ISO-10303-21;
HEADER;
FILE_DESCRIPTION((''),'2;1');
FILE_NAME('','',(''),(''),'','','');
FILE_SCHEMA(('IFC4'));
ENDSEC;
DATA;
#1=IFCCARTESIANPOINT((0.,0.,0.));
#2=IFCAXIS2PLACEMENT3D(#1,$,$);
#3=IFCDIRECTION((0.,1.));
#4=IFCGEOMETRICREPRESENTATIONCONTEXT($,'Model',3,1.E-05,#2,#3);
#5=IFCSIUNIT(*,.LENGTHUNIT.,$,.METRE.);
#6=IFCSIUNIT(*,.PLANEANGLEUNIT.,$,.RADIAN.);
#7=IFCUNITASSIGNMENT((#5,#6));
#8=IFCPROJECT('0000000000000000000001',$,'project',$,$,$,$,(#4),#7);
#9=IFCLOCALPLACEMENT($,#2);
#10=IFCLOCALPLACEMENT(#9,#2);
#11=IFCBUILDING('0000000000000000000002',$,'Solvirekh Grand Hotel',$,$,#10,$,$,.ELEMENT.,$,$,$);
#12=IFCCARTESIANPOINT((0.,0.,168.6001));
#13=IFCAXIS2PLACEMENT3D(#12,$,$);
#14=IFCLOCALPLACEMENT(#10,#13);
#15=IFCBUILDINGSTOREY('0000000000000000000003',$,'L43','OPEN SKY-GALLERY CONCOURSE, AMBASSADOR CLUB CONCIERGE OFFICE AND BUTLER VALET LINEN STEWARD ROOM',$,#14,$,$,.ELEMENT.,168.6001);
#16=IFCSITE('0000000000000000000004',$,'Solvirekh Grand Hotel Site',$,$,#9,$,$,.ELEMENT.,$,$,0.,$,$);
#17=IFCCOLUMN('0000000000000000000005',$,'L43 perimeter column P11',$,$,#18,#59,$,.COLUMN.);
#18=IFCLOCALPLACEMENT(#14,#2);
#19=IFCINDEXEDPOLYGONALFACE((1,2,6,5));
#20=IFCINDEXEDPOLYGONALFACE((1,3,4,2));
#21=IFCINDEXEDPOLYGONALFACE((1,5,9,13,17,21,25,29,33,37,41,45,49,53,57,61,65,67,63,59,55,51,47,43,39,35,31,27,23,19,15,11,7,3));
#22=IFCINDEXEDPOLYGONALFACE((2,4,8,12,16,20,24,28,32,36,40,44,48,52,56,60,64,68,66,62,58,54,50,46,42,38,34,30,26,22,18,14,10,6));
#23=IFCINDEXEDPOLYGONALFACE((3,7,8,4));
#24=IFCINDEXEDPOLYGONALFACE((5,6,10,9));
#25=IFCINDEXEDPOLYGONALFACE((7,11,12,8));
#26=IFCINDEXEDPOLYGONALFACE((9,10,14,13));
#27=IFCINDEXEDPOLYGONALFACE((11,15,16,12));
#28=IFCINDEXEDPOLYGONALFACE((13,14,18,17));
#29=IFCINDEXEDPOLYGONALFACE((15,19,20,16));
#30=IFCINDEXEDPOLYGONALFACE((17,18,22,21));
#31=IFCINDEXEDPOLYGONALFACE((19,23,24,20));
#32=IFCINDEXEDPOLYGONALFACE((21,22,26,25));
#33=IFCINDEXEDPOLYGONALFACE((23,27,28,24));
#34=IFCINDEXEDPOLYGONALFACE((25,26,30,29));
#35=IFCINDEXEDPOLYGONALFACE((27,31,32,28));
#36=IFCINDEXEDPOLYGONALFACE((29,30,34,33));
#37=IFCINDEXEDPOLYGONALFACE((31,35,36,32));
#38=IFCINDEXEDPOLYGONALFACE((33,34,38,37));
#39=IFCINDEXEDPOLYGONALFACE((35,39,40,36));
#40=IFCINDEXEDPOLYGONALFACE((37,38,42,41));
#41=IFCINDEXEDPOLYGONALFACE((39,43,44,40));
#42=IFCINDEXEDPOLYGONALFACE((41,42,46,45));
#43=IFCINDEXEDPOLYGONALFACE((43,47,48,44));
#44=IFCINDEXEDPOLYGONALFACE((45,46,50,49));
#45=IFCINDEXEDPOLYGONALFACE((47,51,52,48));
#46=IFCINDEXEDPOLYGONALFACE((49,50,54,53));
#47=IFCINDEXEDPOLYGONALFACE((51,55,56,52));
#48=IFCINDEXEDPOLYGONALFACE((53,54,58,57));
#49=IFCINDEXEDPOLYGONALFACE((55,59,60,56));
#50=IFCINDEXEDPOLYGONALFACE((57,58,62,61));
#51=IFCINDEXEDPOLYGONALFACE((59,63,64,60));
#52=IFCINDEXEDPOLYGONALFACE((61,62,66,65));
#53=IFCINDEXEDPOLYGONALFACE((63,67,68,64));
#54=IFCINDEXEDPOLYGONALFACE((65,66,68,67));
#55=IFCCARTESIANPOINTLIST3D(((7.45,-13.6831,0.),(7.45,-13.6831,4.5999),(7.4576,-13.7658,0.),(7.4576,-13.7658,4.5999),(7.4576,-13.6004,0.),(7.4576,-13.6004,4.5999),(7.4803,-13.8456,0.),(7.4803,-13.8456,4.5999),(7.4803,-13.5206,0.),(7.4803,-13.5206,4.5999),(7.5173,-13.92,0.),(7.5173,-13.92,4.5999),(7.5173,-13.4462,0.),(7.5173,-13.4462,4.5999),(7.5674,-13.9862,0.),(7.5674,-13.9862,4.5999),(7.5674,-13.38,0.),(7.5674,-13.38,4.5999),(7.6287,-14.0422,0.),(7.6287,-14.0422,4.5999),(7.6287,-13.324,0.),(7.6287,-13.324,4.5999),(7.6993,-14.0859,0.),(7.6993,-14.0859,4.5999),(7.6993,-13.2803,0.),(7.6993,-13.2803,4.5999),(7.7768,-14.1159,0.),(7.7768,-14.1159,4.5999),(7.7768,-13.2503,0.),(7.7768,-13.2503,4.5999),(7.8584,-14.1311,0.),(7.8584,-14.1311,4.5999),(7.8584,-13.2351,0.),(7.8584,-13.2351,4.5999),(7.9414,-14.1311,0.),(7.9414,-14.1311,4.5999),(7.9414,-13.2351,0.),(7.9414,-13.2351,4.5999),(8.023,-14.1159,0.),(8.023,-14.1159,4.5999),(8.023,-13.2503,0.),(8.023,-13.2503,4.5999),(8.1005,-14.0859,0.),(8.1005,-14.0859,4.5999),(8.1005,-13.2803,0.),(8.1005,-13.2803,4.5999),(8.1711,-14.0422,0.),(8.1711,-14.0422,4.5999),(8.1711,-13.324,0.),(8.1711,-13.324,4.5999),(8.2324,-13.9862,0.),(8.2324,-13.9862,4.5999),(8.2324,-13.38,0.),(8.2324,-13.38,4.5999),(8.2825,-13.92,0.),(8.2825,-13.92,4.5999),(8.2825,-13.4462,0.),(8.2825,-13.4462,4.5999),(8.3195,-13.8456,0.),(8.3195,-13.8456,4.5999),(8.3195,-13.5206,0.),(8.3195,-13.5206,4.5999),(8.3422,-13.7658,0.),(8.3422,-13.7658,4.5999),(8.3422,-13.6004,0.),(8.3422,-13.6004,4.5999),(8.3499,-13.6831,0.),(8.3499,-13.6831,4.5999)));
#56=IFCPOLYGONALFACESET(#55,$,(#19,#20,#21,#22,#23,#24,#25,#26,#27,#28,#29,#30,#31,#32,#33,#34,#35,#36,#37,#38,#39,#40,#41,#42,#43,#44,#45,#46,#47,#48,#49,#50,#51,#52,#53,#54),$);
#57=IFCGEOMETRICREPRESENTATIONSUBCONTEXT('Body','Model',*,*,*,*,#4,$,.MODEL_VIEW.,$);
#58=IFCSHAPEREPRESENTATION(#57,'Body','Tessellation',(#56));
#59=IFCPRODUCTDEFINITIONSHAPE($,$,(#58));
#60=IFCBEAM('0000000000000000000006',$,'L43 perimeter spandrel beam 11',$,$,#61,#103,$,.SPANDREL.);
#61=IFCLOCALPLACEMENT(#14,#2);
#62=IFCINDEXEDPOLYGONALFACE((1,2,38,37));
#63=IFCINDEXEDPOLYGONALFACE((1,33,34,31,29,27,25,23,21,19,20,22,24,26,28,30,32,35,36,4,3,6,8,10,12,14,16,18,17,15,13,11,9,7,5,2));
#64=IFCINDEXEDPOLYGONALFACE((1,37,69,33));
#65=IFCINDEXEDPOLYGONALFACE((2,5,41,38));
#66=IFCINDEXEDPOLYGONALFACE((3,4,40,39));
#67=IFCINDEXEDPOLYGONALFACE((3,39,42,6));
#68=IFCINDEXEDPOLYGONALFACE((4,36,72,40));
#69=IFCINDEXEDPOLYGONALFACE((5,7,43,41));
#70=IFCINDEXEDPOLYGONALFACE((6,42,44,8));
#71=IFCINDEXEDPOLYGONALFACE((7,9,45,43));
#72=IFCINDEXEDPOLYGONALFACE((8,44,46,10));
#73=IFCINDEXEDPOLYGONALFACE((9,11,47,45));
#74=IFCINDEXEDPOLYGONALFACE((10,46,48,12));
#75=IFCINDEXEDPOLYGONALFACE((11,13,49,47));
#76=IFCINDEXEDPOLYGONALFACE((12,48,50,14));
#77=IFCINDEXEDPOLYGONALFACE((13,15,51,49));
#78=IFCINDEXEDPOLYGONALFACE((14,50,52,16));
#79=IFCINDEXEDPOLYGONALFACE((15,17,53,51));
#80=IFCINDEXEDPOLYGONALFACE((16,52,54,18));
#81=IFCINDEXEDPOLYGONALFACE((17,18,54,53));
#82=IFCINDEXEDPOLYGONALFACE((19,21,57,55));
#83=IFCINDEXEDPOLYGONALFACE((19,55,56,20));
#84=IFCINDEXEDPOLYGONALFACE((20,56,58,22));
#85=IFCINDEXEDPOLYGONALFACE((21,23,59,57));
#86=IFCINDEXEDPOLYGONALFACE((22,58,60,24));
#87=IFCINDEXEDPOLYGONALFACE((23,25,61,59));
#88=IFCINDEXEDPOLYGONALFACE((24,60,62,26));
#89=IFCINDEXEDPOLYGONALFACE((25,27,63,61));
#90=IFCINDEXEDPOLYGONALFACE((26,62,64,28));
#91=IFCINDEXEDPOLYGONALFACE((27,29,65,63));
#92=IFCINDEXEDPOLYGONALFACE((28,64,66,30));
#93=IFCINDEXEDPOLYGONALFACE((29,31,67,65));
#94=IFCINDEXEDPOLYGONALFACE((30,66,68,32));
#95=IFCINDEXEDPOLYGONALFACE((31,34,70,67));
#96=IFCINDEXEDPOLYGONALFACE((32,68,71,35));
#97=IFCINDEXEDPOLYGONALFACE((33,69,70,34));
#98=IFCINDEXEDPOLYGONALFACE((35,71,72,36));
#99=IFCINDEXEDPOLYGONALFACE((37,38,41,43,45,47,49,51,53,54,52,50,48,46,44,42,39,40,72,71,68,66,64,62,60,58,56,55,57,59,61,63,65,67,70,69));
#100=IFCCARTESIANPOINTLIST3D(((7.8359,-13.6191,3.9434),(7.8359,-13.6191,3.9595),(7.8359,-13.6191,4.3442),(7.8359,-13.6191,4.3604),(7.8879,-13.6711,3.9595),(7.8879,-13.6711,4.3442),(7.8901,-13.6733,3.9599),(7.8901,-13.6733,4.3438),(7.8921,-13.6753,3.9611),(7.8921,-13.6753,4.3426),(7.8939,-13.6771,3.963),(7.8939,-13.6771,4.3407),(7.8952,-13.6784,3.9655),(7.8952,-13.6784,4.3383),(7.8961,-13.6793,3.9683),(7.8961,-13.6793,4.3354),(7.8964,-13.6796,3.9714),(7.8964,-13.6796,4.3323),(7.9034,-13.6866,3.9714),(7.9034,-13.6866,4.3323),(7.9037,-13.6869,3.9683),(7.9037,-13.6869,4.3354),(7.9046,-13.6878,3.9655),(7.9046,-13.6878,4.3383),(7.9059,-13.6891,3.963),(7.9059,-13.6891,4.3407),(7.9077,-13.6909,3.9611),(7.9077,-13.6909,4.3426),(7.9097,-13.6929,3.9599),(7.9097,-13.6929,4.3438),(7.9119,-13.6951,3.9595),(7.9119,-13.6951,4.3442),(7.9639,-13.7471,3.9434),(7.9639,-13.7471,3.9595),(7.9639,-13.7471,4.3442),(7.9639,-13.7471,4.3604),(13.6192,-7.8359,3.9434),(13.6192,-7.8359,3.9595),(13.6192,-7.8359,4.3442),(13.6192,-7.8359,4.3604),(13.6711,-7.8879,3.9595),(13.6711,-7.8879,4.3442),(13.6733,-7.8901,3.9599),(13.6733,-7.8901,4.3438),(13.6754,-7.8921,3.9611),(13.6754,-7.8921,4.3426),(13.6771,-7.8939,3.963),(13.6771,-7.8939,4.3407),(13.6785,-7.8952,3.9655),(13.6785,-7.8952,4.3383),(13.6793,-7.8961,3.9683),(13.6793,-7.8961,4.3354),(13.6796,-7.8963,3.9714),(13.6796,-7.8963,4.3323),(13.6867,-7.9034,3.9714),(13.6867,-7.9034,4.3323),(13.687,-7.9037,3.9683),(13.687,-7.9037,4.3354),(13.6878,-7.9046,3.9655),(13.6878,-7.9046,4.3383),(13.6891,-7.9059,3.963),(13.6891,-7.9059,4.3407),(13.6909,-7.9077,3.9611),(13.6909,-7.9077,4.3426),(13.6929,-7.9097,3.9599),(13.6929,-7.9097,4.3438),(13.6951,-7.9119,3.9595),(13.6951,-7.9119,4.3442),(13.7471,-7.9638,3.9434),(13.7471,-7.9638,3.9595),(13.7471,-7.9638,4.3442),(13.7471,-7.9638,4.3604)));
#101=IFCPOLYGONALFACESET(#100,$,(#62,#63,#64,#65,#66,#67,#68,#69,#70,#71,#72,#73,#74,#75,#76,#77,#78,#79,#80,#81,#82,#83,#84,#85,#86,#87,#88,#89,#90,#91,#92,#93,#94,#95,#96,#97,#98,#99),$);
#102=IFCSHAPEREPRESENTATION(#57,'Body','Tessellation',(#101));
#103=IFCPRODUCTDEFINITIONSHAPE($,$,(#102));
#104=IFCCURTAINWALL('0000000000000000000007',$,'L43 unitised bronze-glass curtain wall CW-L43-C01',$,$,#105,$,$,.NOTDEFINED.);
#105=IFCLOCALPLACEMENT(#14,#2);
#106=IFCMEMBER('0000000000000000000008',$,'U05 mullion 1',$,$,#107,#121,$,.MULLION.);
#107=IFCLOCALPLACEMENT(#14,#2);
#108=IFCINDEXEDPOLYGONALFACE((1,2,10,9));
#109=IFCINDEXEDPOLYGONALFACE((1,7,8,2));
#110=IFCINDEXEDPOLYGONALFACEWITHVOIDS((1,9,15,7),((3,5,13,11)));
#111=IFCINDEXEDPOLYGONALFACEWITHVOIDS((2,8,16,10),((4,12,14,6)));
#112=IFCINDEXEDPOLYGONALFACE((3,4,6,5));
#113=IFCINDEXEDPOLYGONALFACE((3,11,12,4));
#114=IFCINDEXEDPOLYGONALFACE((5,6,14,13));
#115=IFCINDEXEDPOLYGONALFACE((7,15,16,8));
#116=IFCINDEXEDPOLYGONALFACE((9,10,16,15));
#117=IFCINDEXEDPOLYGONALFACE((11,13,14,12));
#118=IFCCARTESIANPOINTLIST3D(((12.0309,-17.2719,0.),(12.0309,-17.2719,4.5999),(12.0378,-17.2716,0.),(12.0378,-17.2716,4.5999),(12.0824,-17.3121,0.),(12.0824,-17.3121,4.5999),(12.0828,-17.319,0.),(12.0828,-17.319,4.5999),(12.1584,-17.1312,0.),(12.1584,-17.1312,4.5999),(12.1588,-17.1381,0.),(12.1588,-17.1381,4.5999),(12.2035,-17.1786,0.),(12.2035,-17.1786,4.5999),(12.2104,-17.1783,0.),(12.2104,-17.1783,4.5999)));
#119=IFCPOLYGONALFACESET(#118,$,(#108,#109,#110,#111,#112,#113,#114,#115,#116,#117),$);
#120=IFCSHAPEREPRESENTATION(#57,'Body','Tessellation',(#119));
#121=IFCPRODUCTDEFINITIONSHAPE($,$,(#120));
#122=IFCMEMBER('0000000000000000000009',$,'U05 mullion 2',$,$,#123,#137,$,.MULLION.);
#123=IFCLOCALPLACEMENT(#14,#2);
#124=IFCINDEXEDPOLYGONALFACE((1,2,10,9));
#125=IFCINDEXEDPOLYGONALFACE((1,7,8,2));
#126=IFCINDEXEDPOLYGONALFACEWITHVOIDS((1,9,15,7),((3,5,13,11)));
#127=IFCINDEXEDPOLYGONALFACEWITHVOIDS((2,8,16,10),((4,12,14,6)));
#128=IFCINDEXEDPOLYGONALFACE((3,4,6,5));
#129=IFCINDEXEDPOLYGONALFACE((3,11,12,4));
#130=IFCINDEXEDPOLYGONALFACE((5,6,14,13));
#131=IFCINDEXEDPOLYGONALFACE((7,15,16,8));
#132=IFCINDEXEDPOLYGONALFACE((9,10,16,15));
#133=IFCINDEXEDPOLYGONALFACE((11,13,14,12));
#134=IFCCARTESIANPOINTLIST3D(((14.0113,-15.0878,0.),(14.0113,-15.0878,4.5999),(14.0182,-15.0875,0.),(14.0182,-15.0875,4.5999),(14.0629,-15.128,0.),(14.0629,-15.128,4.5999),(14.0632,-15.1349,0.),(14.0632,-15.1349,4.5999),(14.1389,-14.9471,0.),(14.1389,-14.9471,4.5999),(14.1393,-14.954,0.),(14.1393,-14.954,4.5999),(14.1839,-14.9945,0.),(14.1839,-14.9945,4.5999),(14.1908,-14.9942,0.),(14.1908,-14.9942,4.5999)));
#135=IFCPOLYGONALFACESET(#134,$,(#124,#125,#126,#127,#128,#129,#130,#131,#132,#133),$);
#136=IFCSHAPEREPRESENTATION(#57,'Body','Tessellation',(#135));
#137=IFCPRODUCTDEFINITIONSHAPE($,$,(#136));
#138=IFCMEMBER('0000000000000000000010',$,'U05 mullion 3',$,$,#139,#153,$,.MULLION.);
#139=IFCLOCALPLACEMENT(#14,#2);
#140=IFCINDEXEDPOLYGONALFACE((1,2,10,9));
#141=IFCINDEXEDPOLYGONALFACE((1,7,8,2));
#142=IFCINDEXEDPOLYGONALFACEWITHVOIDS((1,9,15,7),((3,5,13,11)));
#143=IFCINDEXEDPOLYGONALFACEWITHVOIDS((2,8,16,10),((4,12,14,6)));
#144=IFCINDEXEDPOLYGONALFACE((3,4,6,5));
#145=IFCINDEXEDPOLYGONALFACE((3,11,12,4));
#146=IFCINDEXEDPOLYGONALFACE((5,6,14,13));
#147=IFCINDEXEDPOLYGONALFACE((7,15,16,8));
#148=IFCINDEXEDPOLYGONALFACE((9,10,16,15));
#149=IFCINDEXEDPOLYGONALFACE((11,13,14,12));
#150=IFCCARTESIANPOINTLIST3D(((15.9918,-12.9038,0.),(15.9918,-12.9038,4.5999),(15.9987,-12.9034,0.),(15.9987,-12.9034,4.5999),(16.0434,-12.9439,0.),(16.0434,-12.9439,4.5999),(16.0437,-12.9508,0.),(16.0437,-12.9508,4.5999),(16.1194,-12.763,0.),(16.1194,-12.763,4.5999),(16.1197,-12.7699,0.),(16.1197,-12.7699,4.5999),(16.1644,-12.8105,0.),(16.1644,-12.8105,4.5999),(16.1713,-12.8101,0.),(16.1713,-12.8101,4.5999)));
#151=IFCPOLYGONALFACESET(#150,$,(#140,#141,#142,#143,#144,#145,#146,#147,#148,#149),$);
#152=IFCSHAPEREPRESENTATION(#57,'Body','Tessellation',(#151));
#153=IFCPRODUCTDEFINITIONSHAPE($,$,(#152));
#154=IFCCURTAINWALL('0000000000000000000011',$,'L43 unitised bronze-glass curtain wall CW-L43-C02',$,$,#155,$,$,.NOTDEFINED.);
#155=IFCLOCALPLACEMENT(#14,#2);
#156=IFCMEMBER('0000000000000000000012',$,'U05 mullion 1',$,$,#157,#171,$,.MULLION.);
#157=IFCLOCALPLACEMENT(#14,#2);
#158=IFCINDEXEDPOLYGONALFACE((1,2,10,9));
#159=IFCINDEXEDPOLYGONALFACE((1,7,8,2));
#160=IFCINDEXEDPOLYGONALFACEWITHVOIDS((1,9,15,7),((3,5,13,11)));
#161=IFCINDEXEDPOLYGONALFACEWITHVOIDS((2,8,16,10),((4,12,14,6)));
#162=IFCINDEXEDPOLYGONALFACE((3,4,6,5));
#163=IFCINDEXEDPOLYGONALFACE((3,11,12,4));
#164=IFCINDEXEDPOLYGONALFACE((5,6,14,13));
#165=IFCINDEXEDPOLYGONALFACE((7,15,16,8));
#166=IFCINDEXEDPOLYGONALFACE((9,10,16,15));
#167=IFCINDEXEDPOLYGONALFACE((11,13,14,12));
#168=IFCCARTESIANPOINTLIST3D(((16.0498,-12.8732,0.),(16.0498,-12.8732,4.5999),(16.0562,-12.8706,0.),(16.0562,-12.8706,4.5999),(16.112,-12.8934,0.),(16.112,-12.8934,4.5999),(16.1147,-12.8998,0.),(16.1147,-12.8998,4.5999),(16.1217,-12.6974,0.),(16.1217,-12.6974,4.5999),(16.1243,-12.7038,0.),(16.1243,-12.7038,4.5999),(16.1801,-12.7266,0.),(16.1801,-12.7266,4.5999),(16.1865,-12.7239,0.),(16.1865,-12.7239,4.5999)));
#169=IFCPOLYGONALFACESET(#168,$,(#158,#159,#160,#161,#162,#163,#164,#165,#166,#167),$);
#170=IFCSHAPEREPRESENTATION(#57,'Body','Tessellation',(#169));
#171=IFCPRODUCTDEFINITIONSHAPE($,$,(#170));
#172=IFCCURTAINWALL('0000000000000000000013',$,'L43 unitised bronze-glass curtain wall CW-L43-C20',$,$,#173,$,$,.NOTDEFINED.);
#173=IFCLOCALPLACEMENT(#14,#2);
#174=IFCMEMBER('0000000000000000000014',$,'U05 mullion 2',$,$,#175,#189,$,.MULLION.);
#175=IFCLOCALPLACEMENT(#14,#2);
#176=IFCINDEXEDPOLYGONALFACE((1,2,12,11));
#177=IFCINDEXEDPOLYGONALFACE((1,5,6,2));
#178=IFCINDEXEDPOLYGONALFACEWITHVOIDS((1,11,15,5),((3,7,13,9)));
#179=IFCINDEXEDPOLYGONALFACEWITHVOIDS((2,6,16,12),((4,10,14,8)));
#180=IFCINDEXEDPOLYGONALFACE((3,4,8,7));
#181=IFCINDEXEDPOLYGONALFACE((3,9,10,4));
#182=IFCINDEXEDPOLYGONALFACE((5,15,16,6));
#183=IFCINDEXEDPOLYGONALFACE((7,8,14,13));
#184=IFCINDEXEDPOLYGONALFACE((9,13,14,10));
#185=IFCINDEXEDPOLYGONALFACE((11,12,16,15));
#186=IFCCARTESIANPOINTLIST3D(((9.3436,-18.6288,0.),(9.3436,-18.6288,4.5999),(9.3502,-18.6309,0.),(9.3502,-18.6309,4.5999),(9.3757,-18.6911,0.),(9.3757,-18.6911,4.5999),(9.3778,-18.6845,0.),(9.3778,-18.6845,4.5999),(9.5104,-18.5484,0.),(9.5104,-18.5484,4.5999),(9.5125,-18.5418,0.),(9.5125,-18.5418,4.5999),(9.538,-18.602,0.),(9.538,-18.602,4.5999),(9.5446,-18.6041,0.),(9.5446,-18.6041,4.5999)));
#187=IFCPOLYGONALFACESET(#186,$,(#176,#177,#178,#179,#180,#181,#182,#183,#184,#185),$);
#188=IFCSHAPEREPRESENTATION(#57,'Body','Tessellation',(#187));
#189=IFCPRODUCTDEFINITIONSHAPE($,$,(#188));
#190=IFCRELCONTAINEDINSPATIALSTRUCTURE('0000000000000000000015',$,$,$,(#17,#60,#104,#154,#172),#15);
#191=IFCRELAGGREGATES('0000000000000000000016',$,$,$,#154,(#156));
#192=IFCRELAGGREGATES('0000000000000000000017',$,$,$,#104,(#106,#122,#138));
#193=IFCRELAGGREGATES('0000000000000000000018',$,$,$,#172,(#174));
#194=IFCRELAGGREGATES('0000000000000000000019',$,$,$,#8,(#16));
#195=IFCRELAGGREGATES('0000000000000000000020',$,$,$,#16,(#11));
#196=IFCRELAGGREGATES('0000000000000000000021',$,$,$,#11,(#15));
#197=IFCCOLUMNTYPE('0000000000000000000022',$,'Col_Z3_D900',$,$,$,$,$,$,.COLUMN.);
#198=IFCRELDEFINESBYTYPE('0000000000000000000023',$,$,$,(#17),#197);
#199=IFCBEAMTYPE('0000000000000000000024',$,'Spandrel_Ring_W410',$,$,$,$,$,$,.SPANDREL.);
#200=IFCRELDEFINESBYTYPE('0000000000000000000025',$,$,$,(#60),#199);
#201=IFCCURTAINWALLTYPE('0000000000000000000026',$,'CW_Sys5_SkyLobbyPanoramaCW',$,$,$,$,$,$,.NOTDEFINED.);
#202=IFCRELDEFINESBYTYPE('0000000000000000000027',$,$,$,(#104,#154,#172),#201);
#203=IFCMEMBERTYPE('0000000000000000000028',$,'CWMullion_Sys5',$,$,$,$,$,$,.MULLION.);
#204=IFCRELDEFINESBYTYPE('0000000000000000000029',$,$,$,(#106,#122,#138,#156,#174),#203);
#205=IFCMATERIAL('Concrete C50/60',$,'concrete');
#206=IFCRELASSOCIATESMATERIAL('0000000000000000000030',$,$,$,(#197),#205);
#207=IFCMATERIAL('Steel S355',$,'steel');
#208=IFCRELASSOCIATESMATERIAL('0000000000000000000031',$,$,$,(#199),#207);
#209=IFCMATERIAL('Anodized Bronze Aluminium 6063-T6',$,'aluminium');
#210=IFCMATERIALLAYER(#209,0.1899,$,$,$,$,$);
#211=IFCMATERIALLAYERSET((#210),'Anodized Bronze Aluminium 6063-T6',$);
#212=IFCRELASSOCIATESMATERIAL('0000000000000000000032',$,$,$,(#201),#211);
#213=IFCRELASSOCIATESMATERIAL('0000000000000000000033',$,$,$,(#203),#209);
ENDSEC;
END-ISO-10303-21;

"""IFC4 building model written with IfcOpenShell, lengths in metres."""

from ifc_helpers import new_model, si_unit, direction, frame, origin, origin_2d, place, context, subcontext, project, spatial, hollow_rectangle, circle, i_section, extrude, source, transform, mapped, material, layer, layer_set, material_profile, profile_set, type_object, element, aggregate, save


model = new_model("IFC4")

# Units and contexts
model_context = context("Model", 3, precision=1e-05, world=origin(), true_north=direction((0.0, 1.0)))
body_context = subcontext(model_context, "Body", "Model", "MODEL_VIEW")
ifc_project = project(units=[si_unit("LENGTHUNIT", "METRE"), si_unit("PLANEANGLEUNIT", "RADIAN")], contexts=[model_context])

# Site, building, storey
site_placement = place(None, origin())
site = spatial("IfcSite", under=ifc_project, at=site_placement, Name="Solvirekh Grand Hotel Site", CompositionType="ELEMENT", RefElevation=0.0)
building_placement = place(site_placement, origin())
building = spatial("IfcBuilding", under=site, at=building_placement, Name="Solvirekh Grand Hotel", CompositionType="ELEMENT")
storey_placement = place(building_placement, frame((0.0, 0.0, 168.6001)))
storey = spatial("IfcBuildingStorey", under=building, at=storey_placement, Name="L43", Description="OPEN SKY-GALLERY CONCOURSE, AMBASSADOR CLUB CONCIERGE OFFICE AND BUTLER VALET LINEN STEWARD ROOM", CompositionType="ELEMENT", Elevation=168.6001)

# Column
ifc_material_1 = material(Name="Concrete C50/60", Category="concrete")
ifc_material_profile_1 = material_profile(ifc_material_1, circle(Radius=0.45, at=origin_2d()), Name="RC CIRC D900")
ifc_profile_set_1 = profile_set([ifc_material_profile_1], Name="Concrete C50/60")
column_type = type_object("IfcColumnType", Name="Col_Z3_D900", PredefinedType="COLUMN", material=ifc_profile_set_1)
column_placement = place(storey_placement, frame((7.8999, -13.6831, 0.0), z_axis=(0.0, 0.0, 1.0), x_axis=(1.0, 0.0, 0.0)))
element("IfcColumn", 1, at=column_placement, inside=storey, type_object=column_type, Name="L43 perimeter column P11", PredefinedType="COLUMN", context=body_context, shape_type="SweptSolid", body=[
    extrude(circle(Radius=0.45, at=origin_2d()), origin(), (0.0, 0.0, 1.0), 4.5999),
])

# Beam
ifc_material_2 = material(Name="Steel S355", Category="steel")
ifc_material_profile_2 = material_profile(ifc_material_2, i_section(OverallWidth=0.1809, OverallDepth=0.417, WebThickness=0.01, FlangeThickness=0.0161, FilletRadius=0.012, at=origin_2d()), Name="W410X85")
ifc_profile_set_2 = profile_set([ifc_material_profile_2], Name="Steel S355")
beam_type = type_object("IfcBeamType", Name="Spandrel_Ring_W410", PredefinedType="SPANDREL", material=ifc_profile_set_2)
beam_placement = place(storey_placement, frame((7.8999, -13.6831, 4.1519), z_axis=(0.707107, 0.707107, 0.0), x_axis=(-0.707107, 0.707107, 0.0)))
element("IfcBeam", 2, at=beam_placement, inside=storey, type_object=beam_type, Name="L43 perimeter spandrel beam 11", PredefinedType="SPANDREL", context=body_context, shape_type="SweptSolid", body=[
    extrude(i_section(OverallWidth=0.1809, OverallDepth=0.417, WebThickness=0.01, FlangeThickness=0.0161, FilletRadius=0.012, at=origin_2d()), origin(), (0.0, 0.0, 1.0), 8.1787),
])

# Curtain wall, members
ifc_material_3 = material(Name="Anodized Bronze Aluminium 6063-T6", Category="aluminium")
ifc_layer_1 = layer(ifc_material_3, 0.1899)
ifc_layer_set_1 = layer_set([ifc_layer_1], Name="Anodized Bronze Aluminium 6063-T6")
curtain_wall_type = type_object("IfcCurtainWallType", Name="CW_Sys5_SkyLobbyPanoramaCW", PredefinedType="NOTDEFINED", material=ifc_layer_set_1)
curtain_wall_1_placement = place(storey_placement, origin())
curtain_wall_1 = element("IfcCurtainWall", 3, at=curtain_wall_1_placement, inside=storey, type_object=curtain_wall_type, Name="L43 unitised bronze-glass curtain wall CW-L43-C01", PredefinedType="NOTDEFINED")
ifc_material_profile_3 = material_profile(ifc_material_3, hollow_rectangle(XDim=0.0701, YDim=0.1899, WallThickness=0.0049, at=origin_2d()), Name="ALU RHS 190X70X5")
ifc_profile_set_3 = profile_set([ifc_material_profile_3], Name="Anodized Bronze Aluminium 6063-T6")
member_type_1 = type_object("IfcMemberType", Name="CWMullion_Sys5", PredefinedType="MULLION", material=ifc_profile_set_3)
shared_shape_1 = source(origin(), body_context, "Body", "SweptSolid", [
    extrude(hollow_rectangle(XDim=0.0701, YDim=0.1899, WallThickness=0.0049, at=origin_2d()), origin(), (0.0, 0.0, 1.0), 4.5999),
])
member_1_placement = place(storey_placement, frame((12.1206, -17.2251, 0.0), z_axis=(0.0, 0.0, 1.0), x_axis=(-0.740789, 0.671738, 0.0)))
member_1 = element("IfcMember", 4, at=member_1_placement, type_object=member_type_1, Name="U05 mullion 1", PredefinedType="MULLION", context=body_context, shape_type="MappedRepresentation", body=[
    mapped(shared_shape_1, transform((0.0, 0.0, 0.0), x_axis=(1.0, 0.0, 0.0), y_axis=(0.0, 1.0, 0.0), z_axis=(0.0, 0.0, 1.0), scale=1.0)),
])
member_2_placement = place(storey_placement, frame((14.1011, -15.041, 0.0), z_axis=(0.0, 0.0, 1.0), x_axis=(-0.740789, 0.671738, 0.0)))
member_2 = element("IfcMember", 5, at=member_2_placement, type_object=member_type_1, Name="U05 mullion 2", PredefinedType="MULLION", context=body_context, shape_type="MappedRepresentation", body=[
    mapped(shared_shape_1, transform((0.0, 0.0, 0.0), x_axis=(1.0, 0.0, 0.0), y_axis=(0.0, 1.0, 0.0), z_axis=(0.0, 0.0, 1.0), scale=1.0)),
])
member_3_placement = place(storey_placement, frame((16.0815, -12.8569, 0.0), z_axis=(0.0, 0.0, 1.0), x_axis=(-0.740789, 0.671738, 0.0)))
member_3 = element("IfcMember", 6, at=member_3_placement, type_object=member_type_1, Name="U05 mullion 3", PredefinedType="MULLION", context=body_context, shape_type="MappedRepresentation", body=[
    mapped(shared_shape_1, transform((0.0, 0.0, 0.0), x_axis=(1.0, 0.0, 0.0), y_axis=(0.0, 1.0, 0.0), z_axis=(0.0, 0.0, 1.0), scale=1.0)),
])

# Curtain wall, member
curtain_wall_2_placement = place(storey_placement, origin())
curtain_wall_2 = element("IfcCurtainWall", 7, at=curtain_wall_2_placement, inside=storey, type_object=curtain_wall_type, Name="L43 unitised bronze-glass curtain wall CW-L43-C02", PredefinedType="NOTDEFINED")
member_4_placement = place(storey_placement, frame((16.1182, -12.7986, 0.0), z_axis=(0.0, 0.0, 1.0), x_axis=(-0.925718, 0.378214, 0.0)))
member_4 = element("IfcMember", 8, at=member_4_placement, type_object=member_type_1, Name="U05 mullion 1", PredefinedType="MULLION", context=body_context, shape_type="MappedRepresentation", body=[
    mapped(shared_shape_1, transform((0.0, 0.0, 0.0), x_axis=(1.0, 0.0, 0.0), y_axis=(0.0, 1.0, 0.0), z_axis=(0.0, 0.0, 1.0), scale=1.0)),
])
aggregate(curtain_wall_2, [member_4])

# Curtain wall, member
curtain_wall_3_placement = place(storey_placement, origin())
curtain_wall_3 = element("IfcCurtainWall", 9, at=curtain_wall_3_placement, inside=storey, type_object=curtain_wall_type, Name="L43 unitised bronze-glass curtain wall CW-L43-C20", PredefinedType="NOTDEFINED")
member_5_placement = place(storey_placement, frame((9.4441, -18.6165, 0.0), z_axis=(0.0, 0.0, 1.0), x_axis=(-0.45764, 0.889138, 0.0)))
member_5 = element("IfcMember", 10, at=member_5_placement, type_object=member_type_1, Name="U05 mullion 2", PredefinedType="MULLION", context=body_context, shape_type="MappedRepresentation", body=[
    mapped(shared_shape_1, transform((0.0, 0.0, 0.0), x_axis=(1.0, 0.0, 0.0), y_axis=(0.0, 1.0, 0.0), z_axis=(0.0, 0.0, 1.0), scale=1.0)),
])

aggregate(curtain_wall_1, [member_1, member_2, member_3])
aggregate(curtain_wall_3, [member_5])

save(model, "model.ifc")
